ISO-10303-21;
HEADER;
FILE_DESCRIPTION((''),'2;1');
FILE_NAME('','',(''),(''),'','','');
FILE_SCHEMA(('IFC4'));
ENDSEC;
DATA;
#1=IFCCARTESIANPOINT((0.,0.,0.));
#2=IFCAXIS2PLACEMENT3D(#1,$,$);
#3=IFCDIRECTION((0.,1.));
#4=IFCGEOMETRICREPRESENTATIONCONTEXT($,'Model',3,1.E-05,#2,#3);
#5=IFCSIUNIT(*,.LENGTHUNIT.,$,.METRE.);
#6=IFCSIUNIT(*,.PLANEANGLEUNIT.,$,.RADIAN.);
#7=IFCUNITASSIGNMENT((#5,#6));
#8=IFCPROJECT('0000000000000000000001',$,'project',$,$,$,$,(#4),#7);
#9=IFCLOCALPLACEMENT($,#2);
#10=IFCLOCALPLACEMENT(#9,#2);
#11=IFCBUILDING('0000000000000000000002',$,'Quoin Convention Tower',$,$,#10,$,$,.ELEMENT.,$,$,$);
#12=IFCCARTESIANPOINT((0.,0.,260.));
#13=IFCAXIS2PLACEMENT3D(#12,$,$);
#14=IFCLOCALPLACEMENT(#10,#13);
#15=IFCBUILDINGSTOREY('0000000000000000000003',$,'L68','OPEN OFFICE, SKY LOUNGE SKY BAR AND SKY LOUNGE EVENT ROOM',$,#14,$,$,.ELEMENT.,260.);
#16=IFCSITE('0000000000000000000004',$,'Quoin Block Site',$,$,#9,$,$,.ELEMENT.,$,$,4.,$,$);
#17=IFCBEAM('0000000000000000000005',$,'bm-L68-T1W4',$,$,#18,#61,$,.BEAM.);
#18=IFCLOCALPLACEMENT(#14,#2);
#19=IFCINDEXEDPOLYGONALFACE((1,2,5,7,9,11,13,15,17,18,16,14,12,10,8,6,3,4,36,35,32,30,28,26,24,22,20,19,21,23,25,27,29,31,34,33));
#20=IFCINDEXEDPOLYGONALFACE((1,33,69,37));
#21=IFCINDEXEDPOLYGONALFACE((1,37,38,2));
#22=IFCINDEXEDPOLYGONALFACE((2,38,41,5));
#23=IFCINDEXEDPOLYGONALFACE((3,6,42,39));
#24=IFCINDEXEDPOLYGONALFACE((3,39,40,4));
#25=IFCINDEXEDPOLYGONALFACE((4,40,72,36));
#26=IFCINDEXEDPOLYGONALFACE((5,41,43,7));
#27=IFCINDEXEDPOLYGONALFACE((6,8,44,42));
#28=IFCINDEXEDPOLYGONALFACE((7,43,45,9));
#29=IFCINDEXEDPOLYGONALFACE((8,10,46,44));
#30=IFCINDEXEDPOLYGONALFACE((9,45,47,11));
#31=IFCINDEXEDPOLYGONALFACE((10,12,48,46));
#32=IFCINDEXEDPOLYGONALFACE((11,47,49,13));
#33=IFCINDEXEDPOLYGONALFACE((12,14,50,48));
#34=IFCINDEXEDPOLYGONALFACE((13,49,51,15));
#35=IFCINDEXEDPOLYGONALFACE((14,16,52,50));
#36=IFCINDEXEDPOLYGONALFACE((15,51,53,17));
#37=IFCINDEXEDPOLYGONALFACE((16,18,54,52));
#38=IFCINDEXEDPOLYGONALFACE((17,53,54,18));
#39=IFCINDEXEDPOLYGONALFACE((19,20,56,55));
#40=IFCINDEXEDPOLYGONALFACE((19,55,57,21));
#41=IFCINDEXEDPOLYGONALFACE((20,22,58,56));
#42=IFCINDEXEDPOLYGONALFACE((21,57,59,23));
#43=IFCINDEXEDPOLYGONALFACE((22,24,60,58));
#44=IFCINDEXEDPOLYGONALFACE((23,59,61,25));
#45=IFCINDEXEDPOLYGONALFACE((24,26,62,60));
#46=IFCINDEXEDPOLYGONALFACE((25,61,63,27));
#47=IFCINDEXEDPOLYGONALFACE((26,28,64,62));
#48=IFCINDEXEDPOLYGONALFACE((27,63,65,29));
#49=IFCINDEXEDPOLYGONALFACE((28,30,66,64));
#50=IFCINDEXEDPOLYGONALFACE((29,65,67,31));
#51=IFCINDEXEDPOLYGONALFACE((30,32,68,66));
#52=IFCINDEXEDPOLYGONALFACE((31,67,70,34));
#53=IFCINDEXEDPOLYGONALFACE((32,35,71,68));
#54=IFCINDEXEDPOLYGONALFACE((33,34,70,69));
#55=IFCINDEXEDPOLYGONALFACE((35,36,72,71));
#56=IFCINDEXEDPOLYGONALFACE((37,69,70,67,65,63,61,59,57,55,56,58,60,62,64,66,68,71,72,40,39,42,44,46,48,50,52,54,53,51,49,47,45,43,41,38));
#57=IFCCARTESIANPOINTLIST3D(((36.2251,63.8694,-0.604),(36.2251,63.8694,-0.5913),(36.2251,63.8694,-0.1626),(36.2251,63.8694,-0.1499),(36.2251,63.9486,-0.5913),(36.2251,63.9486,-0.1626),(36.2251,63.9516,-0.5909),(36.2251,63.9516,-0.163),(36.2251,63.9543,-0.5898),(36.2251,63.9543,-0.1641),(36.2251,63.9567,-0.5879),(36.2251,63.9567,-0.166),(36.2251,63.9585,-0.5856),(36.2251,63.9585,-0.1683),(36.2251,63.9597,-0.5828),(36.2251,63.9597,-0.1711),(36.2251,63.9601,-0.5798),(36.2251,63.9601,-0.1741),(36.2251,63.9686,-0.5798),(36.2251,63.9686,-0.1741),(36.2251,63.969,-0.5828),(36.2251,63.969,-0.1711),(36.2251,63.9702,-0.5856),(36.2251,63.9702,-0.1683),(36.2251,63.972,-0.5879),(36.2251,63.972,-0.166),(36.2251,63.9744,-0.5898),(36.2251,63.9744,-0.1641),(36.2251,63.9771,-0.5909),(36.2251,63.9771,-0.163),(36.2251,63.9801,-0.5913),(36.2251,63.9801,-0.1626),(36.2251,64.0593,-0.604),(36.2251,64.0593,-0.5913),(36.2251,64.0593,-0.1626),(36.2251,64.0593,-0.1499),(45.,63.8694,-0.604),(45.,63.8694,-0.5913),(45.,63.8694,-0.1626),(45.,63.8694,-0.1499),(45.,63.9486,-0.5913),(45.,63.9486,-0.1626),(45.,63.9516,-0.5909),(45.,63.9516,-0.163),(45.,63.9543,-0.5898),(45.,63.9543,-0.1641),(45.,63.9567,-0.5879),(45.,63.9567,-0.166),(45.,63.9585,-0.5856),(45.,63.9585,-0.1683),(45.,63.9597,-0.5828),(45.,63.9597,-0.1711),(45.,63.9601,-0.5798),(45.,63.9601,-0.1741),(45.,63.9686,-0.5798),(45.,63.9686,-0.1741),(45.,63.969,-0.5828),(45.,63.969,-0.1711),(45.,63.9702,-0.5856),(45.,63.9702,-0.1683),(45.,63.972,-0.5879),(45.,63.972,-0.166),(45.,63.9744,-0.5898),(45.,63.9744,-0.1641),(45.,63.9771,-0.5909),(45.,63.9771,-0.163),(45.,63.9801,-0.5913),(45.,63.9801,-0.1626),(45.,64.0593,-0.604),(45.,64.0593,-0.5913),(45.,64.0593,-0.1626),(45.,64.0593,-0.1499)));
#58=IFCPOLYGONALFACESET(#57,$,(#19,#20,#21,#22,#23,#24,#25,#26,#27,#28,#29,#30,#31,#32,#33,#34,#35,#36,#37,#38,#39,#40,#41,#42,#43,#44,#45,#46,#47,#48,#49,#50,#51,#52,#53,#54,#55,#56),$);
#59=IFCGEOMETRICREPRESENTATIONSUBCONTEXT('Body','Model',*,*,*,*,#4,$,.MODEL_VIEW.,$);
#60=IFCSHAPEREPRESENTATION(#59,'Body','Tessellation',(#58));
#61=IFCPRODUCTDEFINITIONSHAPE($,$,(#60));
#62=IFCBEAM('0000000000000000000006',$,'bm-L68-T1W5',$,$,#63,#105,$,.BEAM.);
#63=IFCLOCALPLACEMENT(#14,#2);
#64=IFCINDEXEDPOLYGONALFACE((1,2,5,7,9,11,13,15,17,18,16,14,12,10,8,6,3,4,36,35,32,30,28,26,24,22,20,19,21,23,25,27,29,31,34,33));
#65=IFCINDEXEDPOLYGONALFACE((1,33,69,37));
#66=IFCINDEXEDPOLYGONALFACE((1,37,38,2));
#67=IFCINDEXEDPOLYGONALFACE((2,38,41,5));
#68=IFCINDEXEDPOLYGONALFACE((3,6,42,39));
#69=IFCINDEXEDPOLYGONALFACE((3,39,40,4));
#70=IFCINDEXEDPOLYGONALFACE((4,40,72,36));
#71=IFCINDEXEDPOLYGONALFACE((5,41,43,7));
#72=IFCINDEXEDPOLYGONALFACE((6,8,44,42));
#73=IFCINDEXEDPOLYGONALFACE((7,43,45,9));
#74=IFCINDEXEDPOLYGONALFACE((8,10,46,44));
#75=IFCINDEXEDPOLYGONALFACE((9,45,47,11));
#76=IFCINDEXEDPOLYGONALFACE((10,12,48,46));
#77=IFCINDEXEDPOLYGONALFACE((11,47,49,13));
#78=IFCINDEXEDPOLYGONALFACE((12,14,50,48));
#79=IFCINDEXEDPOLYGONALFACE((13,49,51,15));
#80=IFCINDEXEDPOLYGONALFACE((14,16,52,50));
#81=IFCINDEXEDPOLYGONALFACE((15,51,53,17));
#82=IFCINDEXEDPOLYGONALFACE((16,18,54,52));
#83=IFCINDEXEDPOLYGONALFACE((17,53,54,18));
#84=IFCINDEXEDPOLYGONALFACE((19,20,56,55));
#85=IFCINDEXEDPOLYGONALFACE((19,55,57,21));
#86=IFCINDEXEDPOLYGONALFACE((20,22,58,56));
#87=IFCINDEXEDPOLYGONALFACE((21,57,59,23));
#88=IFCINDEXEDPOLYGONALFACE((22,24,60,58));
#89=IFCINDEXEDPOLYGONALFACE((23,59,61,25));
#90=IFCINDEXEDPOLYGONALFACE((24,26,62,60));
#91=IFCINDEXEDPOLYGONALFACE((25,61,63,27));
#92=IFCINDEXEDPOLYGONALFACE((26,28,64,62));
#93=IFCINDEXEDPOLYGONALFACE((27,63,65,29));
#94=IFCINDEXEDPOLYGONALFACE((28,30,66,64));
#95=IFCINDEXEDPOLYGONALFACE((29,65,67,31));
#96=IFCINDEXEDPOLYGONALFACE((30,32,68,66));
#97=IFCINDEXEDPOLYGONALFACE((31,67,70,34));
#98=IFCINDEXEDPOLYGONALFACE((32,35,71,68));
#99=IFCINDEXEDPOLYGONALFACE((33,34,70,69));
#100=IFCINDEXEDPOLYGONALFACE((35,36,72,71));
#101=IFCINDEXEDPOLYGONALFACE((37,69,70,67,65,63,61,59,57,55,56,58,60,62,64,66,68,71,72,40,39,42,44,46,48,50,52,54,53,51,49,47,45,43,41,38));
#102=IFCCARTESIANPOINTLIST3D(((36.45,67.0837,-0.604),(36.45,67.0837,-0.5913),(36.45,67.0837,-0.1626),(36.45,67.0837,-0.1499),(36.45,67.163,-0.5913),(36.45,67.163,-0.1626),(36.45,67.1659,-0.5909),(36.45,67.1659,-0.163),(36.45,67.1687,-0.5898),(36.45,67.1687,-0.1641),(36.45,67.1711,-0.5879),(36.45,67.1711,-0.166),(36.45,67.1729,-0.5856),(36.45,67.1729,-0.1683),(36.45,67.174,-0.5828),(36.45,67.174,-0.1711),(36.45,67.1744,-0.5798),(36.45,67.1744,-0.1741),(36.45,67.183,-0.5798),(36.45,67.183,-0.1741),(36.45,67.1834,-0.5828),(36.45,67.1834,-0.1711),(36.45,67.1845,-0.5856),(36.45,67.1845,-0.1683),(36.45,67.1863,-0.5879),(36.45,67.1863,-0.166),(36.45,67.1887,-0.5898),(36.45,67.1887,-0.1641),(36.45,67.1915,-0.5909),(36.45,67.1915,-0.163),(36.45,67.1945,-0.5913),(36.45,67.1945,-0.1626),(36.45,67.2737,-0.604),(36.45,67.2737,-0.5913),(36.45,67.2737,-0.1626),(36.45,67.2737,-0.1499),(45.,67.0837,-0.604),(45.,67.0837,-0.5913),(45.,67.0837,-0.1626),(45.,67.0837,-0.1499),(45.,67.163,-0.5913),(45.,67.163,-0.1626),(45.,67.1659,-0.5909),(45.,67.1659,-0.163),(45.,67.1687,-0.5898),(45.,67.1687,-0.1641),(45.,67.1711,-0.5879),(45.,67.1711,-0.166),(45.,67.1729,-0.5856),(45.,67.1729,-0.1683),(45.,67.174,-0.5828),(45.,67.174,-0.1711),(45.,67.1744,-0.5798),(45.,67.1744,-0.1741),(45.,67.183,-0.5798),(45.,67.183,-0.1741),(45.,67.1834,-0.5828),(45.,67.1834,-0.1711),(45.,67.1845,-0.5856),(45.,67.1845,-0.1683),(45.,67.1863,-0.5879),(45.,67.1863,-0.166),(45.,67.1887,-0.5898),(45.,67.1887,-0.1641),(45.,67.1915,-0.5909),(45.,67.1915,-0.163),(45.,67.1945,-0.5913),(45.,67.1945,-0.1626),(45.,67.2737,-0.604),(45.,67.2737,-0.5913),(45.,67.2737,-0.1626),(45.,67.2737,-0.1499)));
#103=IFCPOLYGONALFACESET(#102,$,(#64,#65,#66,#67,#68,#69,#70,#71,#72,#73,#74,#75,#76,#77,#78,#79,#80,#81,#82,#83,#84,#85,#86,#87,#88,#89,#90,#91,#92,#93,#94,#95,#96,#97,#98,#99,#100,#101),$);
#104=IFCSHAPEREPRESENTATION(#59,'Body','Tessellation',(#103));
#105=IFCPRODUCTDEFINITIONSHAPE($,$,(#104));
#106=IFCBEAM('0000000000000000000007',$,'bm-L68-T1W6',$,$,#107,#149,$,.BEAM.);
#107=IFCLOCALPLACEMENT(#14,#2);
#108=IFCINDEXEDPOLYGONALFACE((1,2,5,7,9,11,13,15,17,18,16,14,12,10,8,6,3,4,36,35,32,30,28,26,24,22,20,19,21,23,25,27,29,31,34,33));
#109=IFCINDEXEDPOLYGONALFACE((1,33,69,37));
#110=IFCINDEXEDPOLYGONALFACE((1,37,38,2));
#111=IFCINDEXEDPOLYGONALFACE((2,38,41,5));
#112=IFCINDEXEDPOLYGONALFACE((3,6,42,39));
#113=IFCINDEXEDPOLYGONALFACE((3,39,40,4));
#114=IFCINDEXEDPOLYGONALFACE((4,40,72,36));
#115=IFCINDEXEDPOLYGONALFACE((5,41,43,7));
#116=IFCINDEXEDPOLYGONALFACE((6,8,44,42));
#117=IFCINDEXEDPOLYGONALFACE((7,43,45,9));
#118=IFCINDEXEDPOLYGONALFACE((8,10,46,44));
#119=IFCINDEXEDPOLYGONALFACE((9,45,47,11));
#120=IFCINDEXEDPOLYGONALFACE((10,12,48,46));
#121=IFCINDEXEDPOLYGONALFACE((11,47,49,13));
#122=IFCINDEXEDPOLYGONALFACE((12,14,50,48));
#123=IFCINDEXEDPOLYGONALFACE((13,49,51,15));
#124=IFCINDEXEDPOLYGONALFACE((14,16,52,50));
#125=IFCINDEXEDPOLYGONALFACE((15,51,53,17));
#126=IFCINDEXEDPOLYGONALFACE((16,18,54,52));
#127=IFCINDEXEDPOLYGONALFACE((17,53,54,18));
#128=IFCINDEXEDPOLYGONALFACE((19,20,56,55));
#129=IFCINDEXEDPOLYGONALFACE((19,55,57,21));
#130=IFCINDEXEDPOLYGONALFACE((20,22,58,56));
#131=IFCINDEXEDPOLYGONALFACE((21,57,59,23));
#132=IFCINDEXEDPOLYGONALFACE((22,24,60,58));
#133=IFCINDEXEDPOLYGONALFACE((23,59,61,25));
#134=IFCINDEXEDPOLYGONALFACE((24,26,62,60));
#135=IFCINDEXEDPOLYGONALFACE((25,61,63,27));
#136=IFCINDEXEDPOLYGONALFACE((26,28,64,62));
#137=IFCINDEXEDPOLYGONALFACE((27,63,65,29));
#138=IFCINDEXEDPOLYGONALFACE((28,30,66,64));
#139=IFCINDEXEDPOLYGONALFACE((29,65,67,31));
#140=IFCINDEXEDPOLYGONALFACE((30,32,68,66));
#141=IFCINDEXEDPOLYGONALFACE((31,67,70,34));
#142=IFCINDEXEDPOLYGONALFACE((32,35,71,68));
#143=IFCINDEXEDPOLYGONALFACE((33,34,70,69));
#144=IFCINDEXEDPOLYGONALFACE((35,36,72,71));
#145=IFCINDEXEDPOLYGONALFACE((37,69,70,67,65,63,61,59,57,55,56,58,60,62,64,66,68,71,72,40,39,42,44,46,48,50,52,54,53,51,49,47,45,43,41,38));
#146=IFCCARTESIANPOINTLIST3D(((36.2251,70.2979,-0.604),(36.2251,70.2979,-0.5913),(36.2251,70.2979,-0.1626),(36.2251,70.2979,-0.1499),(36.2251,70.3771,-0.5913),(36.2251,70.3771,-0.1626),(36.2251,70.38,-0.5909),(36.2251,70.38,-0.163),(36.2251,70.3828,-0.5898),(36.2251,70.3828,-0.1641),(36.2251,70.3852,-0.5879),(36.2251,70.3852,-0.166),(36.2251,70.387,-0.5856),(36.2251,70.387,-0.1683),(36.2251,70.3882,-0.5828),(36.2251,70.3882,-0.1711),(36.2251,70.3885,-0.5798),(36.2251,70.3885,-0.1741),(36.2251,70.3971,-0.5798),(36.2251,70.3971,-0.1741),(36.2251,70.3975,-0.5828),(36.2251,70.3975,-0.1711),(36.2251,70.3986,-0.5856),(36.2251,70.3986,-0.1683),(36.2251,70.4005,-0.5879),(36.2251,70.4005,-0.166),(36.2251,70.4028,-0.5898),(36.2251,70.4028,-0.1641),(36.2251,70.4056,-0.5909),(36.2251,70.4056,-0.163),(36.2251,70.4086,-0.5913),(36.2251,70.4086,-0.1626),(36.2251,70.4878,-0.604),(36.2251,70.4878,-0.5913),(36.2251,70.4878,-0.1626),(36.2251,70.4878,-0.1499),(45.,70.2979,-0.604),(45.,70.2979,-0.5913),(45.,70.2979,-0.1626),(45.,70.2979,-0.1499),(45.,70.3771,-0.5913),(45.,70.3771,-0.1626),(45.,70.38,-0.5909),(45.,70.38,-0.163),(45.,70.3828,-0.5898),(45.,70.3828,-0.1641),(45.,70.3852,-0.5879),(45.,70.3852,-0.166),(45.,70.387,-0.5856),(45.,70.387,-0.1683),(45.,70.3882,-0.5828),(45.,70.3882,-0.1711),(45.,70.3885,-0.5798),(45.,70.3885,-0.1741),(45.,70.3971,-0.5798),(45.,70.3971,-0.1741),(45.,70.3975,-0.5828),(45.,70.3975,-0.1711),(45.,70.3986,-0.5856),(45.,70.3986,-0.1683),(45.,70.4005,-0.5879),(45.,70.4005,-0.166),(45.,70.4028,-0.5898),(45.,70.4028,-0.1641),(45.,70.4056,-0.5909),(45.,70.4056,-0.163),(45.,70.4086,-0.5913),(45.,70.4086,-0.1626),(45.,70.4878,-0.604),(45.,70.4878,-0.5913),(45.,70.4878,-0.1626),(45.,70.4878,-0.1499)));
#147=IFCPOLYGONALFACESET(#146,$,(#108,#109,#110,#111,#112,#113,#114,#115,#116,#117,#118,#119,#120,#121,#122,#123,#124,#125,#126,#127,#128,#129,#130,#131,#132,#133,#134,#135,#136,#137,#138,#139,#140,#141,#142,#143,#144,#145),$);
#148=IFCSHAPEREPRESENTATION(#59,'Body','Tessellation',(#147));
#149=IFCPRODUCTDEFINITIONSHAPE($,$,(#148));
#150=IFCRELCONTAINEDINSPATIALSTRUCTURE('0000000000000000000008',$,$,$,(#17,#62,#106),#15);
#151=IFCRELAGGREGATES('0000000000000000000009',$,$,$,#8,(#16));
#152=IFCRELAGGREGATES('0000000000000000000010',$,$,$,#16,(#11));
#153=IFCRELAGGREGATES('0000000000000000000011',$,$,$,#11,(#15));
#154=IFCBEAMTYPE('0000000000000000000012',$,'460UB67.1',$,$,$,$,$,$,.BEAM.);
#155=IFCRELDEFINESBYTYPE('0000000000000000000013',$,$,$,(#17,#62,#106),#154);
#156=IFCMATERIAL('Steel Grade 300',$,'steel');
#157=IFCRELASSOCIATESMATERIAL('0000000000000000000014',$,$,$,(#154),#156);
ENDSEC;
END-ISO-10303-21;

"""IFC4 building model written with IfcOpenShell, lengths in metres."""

from ifc_helpers import new_model, si_unit, direction, frame, origin, origin_2d, place, context, subcontext, project, spatial, i_section, extrude, material, material_profile, profile_set, type_object, element, save


model = new_model("IFC4")

# Units and contexts
model_context = context("Model", 3, precision=1e-05, world=origin(), true_north=direction((0.0, 1.0)))
body_context = subcontext(model_context, "Body", "Model", "MODEL_VIEW")
ifc_project = project(units=[si_unit("LENGTHUNIT", "METRE"), si_unit("PLANEANGLEUNIT", "RADIAN")], contexts=[model_context])

# Site, building, storey
site_placement = place(None, origin())
site = spatial("IfcSite", under=ifc_project, at=site_placement, Name="Quoin Block Site", CompositionType="ELEMENT", RefElevation=4.0)
building_placement = place(site_placement, origin())
building = spatial("IfcBuilding", under=site, at=building_placement, Name="Quoin Convention Tower", CompositionType="ELEMENT")
storey_placement = place(building_placement, frame((0.0, 0.0, 260.0)))
storey = spatial("IfcBuildingStorey", under=building, at=storey_placement, Name="L68", Description="OPEN OFFICE, SKY LOUNGE SKY BAR AND SKY LOUNGE EVENT ROOM", CompositionType="ELEMENT", Elevation=260.0)

# Beams
ifc_material_1 = material(Name="Steel Grade 300", Category="steel")
ifc_material_profile = material_profile(ifc_material_1, i_section(OverallWidth=0.1899, OverallDepth=0.4541, WebThickness=0.0085, FlangeThickness=0.0127, FilletRadius=0.0115, at=origin_2d()), Name="460UB67.1")
ifc_profile_set = profile_set([ifc_material_profile], Name="Steel Grade 300")
beam_type = type_object("IfcBeamType", Name="460UB67.1", PredefinedType="BEAM", material=ifc_profile_set)
beam_1_placement = place(storey_placement, frame((36.2251, 63.9644, -0.377), z_axis=(1.0, 0.0, 0.0), x_axis=(0.0, 1.0, 0.0)))
element("IfcBeam", 1, at=beam_1_placement, inside=storey, type_object=beam_type, Name="bm-L68-T1W4", PredefinedType="BEAM", context=body_context, shape_type="SweptSolid", body=[
    extrude(i_section(OverallWidth=0.1899, OverallDepth=0.4541, WebThickness=0.0085, FlangeThickness=0.0127, FilletRadius=0.0115, at=origin_2d()), origin(), (0.0, 0.0, 1.0), 8.7749),
])
beam_2_placement = place(storey_placement, frame((36.45, 67.1787, -0.377), z_axis=(1.0, 0.0, 0.0), x_axis=(0.0, 1.0, 0.0)))
element("IfcBeam", 2, at=beam_2_placement, inside=storey, type_object=beam_type, Name="bm-L68-T1W5", PredefinedType="BEAM", context=body_context, shape_type="SweptSolid", body=[
    extrude(i_section(OverallWidth=0.1899, OverallDepth=0.4541, WebThickness=0.0085, FlangeThickness=0.0127, FilletRadius=0.0115, at=origin_2d()), origin(), (0.0, 0.0, 1.0), 8.55),
])
beam_3_placement = place(storey_placement, frame((36.2251, 70.3928, -0.377), z_axis=(1.0, 0.0, 0.0), x_axis=(0.0, 1.0, 0.0)))
element("IfcBeam", 3, at=beam_3_placement, inside=storey, type_object=beam_type, Name="bm-L68-T1W6", PredefinedType="BEAM", context=body_context, shape_type="SweptSolid", body=[
    extrude(i_section(OverallWidth=0.1899, OverallDepth=0.4541, WebThickness=0.0085, FlangeThickness=0.0127, FilletRadius=0.0115, at=origin_2d()), origin(), (0.0, 0.0, 1.0), 8.7749),
])

save(model, "model.ifc")
